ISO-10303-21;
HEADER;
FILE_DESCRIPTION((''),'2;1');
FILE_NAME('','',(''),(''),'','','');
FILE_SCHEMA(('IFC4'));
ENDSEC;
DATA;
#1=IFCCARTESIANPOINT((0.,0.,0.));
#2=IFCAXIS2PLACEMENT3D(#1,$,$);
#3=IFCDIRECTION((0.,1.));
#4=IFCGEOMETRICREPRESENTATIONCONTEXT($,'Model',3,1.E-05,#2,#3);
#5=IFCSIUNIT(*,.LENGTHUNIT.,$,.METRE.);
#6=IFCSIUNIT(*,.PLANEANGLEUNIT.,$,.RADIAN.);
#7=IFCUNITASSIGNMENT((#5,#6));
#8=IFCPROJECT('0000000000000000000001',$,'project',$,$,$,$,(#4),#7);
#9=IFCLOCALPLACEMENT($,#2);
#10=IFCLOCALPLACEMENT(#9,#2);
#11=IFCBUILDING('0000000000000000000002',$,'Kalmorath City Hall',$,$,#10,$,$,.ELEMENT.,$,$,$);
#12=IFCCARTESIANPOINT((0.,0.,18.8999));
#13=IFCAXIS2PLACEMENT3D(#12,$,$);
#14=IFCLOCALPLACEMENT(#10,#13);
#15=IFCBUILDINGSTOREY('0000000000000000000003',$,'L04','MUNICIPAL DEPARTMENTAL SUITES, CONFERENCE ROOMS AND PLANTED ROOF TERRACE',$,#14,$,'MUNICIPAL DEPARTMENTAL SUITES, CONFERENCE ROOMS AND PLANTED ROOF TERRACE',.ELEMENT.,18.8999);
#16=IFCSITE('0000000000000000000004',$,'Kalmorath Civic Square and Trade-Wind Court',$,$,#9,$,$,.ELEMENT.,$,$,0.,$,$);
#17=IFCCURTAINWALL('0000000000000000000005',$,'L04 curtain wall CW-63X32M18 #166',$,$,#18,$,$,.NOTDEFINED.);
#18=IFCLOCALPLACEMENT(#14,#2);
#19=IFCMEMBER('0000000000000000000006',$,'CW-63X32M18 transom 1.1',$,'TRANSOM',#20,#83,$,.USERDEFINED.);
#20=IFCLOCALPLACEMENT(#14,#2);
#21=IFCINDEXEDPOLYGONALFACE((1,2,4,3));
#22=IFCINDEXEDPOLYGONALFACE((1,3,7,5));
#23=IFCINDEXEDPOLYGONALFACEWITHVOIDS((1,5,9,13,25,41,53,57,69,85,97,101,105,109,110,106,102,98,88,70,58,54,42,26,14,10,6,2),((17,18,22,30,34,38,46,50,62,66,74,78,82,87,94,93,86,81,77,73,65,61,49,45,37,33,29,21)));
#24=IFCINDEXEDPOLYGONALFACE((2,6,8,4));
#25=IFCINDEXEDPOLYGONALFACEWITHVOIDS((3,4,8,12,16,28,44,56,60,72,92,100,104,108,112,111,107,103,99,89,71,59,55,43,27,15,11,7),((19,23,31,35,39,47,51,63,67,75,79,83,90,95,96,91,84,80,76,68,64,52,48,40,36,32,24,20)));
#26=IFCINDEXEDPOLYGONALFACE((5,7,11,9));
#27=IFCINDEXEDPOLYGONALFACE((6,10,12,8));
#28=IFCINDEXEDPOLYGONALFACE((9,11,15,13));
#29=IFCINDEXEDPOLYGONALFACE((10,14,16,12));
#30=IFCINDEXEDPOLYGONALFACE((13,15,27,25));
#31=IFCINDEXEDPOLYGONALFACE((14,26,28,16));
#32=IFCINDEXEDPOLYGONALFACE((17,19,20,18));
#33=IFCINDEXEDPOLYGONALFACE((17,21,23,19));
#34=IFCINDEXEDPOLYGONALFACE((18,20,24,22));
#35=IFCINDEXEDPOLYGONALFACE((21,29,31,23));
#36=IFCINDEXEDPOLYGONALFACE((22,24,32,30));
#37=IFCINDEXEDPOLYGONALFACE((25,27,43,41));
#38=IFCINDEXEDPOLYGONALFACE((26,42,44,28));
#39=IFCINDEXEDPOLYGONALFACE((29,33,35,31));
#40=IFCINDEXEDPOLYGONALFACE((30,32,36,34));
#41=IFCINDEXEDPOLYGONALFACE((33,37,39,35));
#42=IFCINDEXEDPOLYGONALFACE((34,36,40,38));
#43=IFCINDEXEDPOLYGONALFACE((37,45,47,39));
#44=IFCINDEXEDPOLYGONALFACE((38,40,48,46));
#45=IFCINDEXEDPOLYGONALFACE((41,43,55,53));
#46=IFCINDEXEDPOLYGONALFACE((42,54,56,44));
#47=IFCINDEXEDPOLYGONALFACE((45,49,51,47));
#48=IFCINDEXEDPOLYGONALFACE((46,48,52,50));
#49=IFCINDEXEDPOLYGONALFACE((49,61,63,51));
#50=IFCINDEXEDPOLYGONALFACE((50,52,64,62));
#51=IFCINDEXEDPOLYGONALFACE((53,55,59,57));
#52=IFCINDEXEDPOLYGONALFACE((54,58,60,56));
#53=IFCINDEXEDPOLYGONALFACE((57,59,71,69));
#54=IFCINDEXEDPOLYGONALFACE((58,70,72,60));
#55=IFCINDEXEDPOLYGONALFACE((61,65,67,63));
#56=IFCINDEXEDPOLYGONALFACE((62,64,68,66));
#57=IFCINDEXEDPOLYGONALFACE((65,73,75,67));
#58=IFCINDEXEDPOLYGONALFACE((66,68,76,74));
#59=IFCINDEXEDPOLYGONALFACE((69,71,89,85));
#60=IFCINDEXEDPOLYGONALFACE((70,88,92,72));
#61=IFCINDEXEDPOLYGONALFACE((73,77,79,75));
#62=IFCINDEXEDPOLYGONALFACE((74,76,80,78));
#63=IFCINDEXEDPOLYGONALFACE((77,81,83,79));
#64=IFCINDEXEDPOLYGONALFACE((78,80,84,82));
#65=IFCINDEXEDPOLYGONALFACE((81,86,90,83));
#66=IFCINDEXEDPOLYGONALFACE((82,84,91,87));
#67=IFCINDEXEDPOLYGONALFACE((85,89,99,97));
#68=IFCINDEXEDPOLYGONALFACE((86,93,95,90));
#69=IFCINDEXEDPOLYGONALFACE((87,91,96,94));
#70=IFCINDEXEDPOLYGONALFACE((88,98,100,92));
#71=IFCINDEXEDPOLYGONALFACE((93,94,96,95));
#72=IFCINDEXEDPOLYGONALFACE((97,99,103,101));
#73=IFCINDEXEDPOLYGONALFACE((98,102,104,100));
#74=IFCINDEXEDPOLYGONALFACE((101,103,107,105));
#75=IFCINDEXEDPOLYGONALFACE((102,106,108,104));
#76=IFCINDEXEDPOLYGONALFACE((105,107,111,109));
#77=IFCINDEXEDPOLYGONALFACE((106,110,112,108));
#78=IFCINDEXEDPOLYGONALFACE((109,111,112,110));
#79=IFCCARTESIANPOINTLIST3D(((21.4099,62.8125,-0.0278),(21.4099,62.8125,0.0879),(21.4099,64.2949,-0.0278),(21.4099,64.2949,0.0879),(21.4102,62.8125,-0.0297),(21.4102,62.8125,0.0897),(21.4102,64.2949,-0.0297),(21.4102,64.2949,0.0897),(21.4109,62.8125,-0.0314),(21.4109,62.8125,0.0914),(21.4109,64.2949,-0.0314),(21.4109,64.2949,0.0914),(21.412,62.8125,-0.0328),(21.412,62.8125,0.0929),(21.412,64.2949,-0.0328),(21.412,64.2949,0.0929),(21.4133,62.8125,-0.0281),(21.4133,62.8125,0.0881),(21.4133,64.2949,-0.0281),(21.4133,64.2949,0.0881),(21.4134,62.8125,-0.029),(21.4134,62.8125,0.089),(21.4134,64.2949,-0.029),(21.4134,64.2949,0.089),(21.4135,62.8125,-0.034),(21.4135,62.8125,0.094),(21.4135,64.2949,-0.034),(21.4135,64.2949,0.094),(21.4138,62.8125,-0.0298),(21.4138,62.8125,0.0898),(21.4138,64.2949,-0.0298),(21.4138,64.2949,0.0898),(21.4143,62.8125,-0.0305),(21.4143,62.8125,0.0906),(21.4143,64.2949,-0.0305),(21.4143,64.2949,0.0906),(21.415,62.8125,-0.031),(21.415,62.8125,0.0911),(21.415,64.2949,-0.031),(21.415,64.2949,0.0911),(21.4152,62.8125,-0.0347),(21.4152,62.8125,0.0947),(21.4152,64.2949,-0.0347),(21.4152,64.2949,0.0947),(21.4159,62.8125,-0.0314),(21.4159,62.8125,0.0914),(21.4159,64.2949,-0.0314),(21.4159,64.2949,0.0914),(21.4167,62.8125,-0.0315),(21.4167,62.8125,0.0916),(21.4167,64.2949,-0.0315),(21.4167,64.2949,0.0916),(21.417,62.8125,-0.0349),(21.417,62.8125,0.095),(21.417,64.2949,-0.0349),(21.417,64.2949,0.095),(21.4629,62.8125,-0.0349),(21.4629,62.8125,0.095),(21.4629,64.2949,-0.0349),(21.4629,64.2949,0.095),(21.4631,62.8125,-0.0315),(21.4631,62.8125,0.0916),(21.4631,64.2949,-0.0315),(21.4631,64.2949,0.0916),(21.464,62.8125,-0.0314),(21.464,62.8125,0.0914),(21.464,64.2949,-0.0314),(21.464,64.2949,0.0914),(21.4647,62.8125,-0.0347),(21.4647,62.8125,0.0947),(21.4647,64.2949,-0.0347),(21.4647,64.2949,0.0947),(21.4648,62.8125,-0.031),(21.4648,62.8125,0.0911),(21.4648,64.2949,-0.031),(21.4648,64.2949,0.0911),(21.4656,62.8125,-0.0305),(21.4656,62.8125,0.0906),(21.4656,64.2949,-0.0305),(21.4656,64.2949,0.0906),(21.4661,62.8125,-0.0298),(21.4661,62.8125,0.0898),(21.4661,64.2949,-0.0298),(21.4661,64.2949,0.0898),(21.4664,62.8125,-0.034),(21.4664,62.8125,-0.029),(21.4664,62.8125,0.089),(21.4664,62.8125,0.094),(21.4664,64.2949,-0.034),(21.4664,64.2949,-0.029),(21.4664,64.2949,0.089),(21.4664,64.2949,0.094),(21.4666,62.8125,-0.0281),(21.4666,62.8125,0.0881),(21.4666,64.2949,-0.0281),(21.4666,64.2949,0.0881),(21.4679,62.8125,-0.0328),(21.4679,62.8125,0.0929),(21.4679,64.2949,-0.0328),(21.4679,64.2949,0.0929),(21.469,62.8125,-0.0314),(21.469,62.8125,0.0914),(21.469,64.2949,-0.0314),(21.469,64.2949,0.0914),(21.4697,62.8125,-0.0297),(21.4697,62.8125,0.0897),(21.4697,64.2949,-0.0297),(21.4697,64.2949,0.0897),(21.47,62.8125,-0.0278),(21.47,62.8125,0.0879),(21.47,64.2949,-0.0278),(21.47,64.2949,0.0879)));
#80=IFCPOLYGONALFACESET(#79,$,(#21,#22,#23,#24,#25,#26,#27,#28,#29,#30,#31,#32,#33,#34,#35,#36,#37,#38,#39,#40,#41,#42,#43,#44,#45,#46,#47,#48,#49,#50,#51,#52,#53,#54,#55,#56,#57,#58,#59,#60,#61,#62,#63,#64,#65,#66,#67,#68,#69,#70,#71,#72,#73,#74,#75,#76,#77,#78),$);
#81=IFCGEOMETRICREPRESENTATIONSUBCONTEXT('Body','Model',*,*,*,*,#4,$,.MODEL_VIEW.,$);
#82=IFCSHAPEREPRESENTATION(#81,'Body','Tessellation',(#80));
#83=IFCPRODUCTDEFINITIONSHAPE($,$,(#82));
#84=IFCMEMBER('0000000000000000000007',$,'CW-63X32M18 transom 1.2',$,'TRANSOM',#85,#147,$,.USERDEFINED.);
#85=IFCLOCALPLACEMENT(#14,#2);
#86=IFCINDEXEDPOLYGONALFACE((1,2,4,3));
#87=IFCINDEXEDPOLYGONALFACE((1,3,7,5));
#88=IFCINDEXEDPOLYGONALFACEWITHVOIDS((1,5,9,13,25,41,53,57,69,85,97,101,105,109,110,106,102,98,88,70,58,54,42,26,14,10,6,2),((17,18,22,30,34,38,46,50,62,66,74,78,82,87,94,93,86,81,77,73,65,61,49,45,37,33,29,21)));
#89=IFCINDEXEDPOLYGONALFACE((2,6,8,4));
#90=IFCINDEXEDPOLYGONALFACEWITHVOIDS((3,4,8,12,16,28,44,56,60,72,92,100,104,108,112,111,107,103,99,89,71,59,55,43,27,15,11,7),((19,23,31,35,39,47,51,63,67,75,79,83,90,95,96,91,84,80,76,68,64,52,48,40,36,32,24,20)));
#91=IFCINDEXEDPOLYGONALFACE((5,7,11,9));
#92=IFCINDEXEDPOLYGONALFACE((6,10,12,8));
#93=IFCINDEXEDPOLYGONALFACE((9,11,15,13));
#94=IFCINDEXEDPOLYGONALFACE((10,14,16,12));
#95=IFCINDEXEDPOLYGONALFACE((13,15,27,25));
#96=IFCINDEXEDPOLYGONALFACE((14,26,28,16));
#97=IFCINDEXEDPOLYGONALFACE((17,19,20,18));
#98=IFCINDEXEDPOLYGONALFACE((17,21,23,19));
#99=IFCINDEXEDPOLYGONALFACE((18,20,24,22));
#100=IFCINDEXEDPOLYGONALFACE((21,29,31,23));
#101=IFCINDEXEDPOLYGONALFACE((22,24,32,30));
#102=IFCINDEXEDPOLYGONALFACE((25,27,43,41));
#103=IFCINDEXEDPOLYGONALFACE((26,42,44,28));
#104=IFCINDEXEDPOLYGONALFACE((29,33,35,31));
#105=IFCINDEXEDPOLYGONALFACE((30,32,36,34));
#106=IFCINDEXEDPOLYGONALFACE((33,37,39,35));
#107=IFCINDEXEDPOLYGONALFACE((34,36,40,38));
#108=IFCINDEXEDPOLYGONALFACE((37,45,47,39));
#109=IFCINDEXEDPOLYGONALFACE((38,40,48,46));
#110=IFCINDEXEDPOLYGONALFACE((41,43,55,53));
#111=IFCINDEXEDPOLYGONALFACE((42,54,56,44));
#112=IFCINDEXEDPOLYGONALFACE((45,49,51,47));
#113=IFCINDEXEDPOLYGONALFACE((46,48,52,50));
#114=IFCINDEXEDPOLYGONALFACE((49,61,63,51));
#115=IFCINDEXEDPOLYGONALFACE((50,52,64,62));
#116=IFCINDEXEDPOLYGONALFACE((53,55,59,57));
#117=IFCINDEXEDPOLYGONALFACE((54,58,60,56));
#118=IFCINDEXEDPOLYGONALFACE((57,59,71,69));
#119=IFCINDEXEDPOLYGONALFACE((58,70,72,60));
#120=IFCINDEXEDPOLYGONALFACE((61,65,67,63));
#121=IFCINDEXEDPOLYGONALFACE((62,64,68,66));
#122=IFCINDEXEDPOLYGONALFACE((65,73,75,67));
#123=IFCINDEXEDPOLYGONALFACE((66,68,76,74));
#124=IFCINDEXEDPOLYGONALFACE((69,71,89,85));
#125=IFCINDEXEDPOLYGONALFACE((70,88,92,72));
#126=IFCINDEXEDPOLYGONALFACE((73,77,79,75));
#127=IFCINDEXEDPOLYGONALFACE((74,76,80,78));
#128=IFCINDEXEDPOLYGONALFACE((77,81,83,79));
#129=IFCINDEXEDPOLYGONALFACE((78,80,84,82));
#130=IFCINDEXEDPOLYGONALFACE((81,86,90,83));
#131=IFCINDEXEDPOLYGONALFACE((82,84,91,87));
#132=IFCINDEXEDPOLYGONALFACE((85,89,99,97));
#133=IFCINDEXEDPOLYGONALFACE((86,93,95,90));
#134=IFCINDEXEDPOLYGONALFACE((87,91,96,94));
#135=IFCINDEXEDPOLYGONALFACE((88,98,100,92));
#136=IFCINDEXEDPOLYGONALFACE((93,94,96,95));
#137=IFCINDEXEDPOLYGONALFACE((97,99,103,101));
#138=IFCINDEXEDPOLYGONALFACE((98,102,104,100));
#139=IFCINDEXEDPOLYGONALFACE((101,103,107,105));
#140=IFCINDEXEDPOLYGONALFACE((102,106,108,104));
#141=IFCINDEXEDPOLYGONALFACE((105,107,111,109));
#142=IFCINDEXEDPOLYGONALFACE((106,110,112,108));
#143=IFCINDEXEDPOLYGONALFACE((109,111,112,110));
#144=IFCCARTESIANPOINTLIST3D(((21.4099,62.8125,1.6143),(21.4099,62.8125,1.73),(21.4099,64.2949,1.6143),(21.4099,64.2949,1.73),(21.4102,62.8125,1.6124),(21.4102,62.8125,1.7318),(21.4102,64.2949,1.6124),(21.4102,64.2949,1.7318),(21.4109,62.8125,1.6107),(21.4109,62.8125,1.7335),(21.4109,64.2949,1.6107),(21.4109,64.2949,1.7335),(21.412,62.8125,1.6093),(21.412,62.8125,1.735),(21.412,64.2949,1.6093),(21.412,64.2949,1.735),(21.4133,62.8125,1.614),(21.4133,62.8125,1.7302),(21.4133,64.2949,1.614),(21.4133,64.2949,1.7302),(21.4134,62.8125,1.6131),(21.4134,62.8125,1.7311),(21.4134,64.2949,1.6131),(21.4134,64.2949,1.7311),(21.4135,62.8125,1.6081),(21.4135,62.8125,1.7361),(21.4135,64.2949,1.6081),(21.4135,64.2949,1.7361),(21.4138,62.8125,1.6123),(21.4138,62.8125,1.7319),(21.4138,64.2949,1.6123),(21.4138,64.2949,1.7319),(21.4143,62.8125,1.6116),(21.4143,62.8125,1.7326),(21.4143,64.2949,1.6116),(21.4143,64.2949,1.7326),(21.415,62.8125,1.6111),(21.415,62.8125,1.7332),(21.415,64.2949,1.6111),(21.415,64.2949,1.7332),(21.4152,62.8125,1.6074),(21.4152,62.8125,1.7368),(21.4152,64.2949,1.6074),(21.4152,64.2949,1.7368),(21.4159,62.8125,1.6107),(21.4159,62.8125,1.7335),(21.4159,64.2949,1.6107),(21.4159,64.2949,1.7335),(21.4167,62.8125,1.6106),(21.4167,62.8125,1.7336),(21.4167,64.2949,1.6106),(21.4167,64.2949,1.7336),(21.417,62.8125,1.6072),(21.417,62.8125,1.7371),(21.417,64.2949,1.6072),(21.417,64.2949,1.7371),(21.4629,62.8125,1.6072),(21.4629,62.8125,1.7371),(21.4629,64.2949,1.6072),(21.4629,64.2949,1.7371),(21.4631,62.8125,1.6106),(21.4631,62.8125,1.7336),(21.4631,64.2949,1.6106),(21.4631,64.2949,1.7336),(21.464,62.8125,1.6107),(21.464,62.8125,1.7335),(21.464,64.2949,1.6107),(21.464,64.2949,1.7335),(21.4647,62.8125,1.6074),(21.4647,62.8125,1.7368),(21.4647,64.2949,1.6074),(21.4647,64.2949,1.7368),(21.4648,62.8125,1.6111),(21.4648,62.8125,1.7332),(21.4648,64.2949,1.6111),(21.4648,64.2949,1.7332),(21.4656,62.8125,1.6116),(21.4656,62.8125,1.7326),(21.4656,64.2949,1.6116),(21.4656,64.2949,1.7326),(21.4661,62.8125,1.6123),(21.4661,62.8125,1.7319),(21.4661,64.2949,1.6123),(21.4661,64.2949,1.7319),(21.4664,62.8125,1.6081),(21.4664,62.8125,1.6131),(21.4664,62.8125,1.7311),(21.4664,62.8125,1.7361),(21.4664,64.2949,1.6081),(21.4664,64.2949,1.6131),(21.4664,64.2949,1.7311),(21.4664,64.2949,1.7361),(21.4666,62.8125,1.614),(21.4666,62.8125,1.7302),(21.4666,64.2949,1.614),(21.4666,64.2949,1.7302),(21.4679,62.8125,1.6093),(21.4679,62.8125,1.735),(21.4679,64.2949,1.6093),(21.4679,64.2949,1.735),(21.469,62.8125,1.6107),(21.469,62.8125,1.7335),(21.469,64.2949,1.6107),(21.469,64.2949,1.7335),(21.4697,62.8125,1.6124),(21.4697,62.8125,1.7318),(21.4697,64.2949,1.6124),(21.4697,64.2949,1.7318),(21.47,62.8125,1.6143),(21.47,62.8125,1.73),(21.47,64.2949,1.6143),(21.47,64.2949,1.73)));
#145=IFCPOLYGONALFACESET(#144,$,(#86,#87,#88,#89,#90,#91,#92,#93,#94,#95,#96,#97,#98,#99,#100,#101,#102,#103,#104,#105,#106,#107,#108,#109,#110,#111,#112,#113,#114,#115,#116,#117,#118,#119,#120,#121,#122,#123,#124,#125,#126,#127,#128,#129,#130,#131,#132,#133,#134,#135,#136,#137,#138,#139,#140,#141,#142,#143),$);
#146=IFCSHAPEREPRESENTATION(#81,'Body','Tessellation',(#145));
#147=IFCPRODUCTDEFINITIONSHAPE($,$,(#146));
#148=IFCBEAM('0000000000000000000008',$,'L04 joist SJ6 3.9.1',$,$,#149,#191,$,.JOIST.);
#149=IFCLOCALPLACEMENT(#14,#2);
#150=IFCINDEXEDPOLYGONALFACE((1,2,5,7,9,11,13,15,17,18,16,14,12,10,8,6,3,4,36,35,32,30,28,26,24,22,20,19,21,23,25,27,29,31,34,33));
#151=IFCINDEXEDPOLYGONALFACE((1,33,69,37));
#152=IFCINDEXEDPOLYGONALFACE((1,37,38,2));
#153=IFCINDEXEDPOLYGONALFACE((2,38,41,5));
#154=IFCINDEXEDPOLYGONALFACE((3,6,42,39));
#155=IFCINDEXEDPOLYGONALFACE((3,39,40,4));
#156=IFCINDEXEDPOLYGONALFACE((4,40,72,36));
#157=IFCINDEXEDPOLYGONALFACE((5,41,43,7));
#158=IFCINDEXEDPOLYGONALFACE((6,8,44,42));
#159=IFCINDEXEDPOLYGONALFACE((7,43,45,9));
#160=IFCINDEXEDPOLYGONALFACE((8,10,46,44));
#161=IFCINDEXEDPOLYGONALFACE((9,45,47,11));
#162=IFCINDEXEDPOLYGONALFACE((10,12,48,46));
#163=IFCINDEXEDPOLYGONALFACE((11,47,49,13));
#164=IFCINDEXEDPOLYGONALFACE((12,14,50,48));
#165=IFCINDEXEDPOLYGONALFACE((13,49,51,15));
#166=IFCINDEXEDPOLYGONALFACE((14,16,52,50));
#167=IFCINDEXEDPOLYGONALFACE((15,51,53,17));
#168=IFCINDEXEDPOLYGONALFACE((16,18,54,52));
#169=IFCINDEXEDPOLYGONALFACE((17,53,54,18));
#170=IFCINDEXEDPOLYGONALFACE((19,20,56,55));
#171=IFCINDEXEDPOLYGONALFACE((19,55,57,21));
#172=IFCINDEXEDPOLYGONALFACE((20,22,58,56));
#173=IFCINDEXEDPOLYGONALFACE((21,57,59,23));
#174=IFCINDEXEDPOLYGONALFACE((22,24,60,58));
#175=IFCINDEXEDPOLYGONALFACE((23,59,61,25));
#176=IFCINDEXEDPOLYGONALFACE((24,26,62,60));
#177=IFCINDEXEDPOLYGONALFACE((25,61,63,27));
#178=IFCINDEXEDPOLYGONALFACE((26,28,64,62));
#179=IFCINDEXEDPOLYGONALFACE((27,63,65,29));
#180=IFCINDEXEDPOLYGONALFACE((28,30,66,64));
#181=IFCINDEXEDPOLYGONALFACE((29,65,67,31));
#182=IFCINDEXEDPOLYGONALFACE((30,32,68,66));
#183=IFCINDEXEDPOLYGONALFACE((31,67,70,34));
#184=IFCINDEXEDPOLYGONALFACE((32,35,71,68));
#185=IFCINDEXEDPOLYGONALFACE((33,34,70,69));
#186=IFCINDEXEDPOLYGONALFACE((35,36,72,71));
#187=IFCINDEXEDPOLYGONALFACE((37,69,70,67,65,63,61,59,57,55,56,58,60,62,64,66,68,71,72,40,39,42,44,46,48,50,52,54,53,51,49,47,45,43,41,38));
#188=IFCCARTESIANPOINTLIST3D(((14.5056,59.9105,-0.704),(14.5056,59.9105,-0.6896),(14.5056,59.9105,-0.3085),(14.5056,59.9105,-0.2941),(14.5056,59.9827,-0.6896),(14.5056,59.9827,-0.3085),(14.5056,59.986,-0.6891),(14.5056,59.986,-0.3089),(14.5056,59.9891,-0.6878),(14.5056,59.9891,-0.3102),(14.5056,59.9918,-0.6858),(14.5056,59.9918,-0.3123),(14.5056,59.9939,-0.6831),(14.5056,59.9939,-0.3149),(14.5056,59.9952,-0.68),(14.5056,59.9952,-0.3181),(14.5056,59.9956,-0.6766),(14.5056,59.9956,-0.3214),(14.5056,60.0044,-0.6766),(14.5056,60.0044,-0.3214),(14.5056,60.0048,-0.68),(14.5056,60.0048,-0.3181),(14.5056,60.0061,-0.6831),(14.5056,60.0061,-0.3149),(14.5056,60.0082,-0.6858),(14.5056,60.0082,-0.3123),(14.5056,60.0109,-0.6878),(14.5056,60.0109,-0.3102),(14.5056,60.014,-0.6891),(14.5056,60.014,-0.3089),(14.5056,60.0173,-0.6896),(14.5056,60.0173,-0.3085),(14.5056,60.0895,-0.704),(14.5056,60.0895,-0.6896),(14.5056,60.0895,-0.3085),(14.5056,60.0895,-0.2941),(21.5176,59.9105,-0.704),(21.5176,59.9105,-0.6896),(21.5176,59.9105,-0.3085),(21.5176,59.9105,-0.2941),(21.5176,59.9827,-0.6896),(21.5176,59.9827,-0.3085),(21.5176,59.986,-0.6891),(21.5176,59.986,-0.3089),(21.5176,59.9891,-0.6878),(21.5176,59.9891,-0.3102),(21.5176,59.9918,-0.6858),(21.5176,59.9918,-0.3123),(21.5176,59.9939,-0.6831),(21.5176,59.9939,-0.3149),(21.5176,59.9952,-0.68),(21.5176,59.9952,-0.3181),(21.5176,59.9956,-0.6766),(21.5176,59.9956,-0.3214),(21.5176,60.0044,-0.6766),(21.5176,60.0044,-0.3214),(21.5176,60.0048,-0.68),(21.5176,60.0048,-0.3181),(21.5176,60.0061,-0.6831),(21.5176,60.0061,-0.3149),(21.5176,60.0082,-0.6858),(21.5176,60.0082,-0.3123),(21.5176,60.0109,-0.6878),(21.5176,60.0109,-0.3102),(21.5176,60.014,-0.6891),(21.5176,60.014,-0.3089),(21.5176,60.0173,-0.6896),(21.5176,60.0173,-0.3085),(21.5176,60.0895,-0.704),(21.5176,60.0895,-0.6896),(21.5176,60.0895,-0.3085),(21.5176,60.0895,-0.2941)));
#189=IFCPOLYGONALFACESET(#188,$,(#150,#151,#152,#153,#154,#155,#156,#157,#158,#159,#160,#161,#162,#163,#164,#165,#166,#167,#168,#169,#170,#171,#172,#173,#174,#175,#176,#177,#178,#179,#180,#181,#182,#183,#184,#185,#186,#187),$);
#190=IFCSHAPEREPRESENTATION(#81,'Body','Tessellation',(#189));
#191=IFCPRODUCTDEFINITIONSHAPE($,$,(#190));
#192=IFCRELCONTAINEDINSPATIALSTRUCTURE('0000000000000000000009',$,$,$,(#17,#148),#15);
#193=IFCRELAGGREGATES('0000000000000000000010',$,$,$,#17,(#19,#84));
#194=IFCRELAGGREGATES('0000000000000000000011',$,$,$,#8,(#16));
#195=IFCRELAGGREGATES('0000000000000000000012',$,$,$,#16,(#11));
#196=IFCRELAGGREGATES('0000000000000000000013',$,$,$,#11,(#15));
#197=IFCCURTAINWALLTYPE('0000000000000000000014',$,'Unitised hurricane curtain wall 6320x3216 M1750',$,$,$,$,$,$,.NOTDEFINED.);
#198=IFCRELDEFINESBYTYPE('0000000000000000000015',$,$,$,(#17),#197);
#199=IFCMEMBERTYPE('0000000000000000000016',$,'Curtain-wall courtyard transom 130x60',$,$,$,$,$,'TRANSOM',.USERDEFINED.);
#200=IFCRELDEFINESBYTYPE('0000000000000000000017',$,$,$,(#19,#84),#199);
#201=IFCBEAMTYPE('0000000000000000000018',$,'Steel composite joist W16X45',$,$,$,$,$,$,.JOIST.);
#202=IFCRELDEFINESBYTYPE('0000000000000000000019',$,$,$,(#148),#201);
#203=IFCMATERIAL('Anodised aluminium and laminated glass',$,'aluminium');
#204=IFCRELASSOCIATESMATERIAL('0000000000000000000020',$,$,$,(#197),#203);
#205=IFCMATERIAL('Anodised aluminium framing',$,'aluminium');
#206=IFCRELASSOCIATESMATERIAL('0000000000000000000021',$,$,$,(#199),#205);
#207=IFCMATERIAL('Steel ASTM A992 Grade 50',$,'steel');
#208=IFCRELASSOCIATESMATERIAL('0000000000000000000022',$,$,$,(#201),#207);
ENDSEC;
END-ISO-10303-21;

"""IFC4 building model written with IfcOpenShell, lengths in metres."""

from ifc_helpers import new_model, si_unit, direction, frame, origin, origin_2d, place, context, subcontext, project, spatial, hollow_rectangle, i_section, extrude, material, material_profile, profile_set, type_object, element, aggregate, save


model = new_model("IFC4")

# Units and contexts
model_context = context("Model", 3, precision=1e-05, world=origin(), true_north=direction((0.0, 1.0)))
body_context = subcontext(model_context, "Body", "Model", "MODEL_VIEW")
ifc_project = project(units=[si_unit("LENGTHUNIT", "METRE"), si_unit("PLANEANGLEUNIT", "RADIAN")], contexts=[model_context])

# Site, building, storey
site_placement = place(None, origin())
site = spatial("IfcSite", under=ifc_project, at=site_placement, Name="Kalmorath Civic Square and Trade-Wind Court", CompositionType="ELEMENT", RefElevation=0.0)
building_placement = place(site_placement, origin())
building = spatial("IfcBuilding", under=site, at=building_placement, Name="Kalmorath City Hall", CompositionType="ELEMENT")
storey_placement = place(building_placement, frame((0.0, 0.0, 18.8999)))
storey = spatial("IfcBuildingStorey", under=building, at=storey_placement, Name="L04", Description="MUNICIPAL DEPARTMENTAL SUITES, CONFERENCE ROOMS AND PLANTED ROOF TERRACE", LongName="MUNICIPAL DEPARTMENTAL SUITES, CONFERENCE ROOMS AND PLANTED ROOF TERRACE", CompositionType="ELEMENT", Elevation=18.8999)

# Curtain wall, members
ifc_material_1 = material(Name="Anodised aluminium and laminated glass", Category="aluminium")
curtain_wall_type = type_object("IfcCurtainWallType", Name="Unitised hurricane curtain wall 6320x3216 M1750", PredefinedType="NOTDEFINED", material=ifc_material_1)
curtain_wall_placement = place(storey_placement, origin())
curtain_wall = element("IfcCurtainWall", 1, at=curtain_wall_placement, inside=storey, type_object=curtain_wall_type, Name="L04 curtain wall CW-63X32M18 #166", PredefinedType="NOTDEFINED")
ifc_material_2 = material(Name="Anodised aluminium framing", Category="aluminium")
ifc_material_profile_1 = material_profile(ifc_material_2, hollow_rectangle(XDim=0.0601, YDim=0.1299, WallThickness=0.0034, InnerFilletRadius=0.0034, OuterFilletRadius=0.0071, at=origin_2d()), Name="ALU-TRN-130X60X3.5")
ifc_profile_set_1 = profile_set([ifc_material_profile_1], Name="Anodised aluminium framing")
member_type_1 = type_object("IfcMemberType", Name="Curtain-wall courtyard transom 130x60", ElementType="TRANSOM", PredefinedType="USERDEFINED", material=ifc_profile_set_1)
member_1_placement = place(storey_placement, frame((21.4399, 64.2949, 0.03), z_axis=(0.0, -1.0, 0.0), x_axis=(1.0, 0.0, 0.0)))
member_1 = element("IfcMember", 2, at=member_1_placement, type_object=member_type_1, Name="CW-63X32M18 transom 1.1", ObjectType="TRANSOM", PredefinedType="USERDEFINED", context=body_context, shape_type="SweptSolid", body=[
    extrude(hollow_rectangle(XDim=0.0601, YDim=0.1299, WallThickness=0.0034, InnerFilletRadius=0.0034, OuterFilletRadius=0.0071, at=origin_2d()), origin(), (0.0, 0.0, 1.0), 1.4824),
])
member_2_placement = place(storey_placement, frame((21.4399, 64.2949, 1.6721), z_axis=(0.0, -1.0, 0.0), x_axis=(1.0, 0.0, 0.0)))
member_2 = element("IfcMember", 3, at=member_2_placement, type_object=member_type_1, Name="CW-63X32M18 transom 1.2", ObjectType="TRANSOM", PredefinedType="USERDEFINED", context=body_context, shape_type="SweptSolid", body=[
    extrude(hollow_rectangle(XDim=0.0601, YDim=0.1299, WallThickness=0.0034, InnerFilletRadius=0.0034, OuterFilletRadius=0.0071, at=origin_2d()), origin(), (0.0, 0.0, 1.0), 1.4824),
])

# Beam
ifc_material_3 = material(Name="Steel ASTM A992 Grade 50", Category="steel")
ifc_material_profile_2 = material_profile(ifc_material_3, i_section(OverallWidth=0.179, OverallDepth=0.4099, WebThickness=0.0088, FlangeThickness=0.0144, FilletRadius=0.0129, at=origin_2d()), Name="W16X45")
ifc_profile_set_2 = profile_set([ifc_material_profile_2], Name="Steel ASTM A992 Grade 50")
beam_type_1 = type_object("IfcBeamType", Name="Steel composite joist W16X45", PredefinedType="JOIST", material=ifc_profile_set_2)
for number, where, z_axis, x_axis, name in (
    (4, (14.5056, 60.0, -0.499), (1.0, 0.0, 0.0), (0.0, 1.0, 0.0), "L04 joist SJ6 3.9.1"),
):
    element("IfcBeam", number, at=place(storey_placement, frame(where, z_axis=z_axis, x_axis=x_axis)), inside=storey, type_object=beam_type_1, Name=name, PredefinedType="JOIST", context=body_context, shape_type="SweptSolid", body=[
        extrude(i_section(OverallWidth=0.179, OverallDepth=0.4099, WebThickness=0.0088, FlangeThickness=0.0144, FilletRadius=0.0129, at=origin_2d()), origin(), (0.0, 0.0, 1.0), 7.012),
    ])

aggregate(curtain_wall, [member_1, member_2])

save(model, "model.ifc")
